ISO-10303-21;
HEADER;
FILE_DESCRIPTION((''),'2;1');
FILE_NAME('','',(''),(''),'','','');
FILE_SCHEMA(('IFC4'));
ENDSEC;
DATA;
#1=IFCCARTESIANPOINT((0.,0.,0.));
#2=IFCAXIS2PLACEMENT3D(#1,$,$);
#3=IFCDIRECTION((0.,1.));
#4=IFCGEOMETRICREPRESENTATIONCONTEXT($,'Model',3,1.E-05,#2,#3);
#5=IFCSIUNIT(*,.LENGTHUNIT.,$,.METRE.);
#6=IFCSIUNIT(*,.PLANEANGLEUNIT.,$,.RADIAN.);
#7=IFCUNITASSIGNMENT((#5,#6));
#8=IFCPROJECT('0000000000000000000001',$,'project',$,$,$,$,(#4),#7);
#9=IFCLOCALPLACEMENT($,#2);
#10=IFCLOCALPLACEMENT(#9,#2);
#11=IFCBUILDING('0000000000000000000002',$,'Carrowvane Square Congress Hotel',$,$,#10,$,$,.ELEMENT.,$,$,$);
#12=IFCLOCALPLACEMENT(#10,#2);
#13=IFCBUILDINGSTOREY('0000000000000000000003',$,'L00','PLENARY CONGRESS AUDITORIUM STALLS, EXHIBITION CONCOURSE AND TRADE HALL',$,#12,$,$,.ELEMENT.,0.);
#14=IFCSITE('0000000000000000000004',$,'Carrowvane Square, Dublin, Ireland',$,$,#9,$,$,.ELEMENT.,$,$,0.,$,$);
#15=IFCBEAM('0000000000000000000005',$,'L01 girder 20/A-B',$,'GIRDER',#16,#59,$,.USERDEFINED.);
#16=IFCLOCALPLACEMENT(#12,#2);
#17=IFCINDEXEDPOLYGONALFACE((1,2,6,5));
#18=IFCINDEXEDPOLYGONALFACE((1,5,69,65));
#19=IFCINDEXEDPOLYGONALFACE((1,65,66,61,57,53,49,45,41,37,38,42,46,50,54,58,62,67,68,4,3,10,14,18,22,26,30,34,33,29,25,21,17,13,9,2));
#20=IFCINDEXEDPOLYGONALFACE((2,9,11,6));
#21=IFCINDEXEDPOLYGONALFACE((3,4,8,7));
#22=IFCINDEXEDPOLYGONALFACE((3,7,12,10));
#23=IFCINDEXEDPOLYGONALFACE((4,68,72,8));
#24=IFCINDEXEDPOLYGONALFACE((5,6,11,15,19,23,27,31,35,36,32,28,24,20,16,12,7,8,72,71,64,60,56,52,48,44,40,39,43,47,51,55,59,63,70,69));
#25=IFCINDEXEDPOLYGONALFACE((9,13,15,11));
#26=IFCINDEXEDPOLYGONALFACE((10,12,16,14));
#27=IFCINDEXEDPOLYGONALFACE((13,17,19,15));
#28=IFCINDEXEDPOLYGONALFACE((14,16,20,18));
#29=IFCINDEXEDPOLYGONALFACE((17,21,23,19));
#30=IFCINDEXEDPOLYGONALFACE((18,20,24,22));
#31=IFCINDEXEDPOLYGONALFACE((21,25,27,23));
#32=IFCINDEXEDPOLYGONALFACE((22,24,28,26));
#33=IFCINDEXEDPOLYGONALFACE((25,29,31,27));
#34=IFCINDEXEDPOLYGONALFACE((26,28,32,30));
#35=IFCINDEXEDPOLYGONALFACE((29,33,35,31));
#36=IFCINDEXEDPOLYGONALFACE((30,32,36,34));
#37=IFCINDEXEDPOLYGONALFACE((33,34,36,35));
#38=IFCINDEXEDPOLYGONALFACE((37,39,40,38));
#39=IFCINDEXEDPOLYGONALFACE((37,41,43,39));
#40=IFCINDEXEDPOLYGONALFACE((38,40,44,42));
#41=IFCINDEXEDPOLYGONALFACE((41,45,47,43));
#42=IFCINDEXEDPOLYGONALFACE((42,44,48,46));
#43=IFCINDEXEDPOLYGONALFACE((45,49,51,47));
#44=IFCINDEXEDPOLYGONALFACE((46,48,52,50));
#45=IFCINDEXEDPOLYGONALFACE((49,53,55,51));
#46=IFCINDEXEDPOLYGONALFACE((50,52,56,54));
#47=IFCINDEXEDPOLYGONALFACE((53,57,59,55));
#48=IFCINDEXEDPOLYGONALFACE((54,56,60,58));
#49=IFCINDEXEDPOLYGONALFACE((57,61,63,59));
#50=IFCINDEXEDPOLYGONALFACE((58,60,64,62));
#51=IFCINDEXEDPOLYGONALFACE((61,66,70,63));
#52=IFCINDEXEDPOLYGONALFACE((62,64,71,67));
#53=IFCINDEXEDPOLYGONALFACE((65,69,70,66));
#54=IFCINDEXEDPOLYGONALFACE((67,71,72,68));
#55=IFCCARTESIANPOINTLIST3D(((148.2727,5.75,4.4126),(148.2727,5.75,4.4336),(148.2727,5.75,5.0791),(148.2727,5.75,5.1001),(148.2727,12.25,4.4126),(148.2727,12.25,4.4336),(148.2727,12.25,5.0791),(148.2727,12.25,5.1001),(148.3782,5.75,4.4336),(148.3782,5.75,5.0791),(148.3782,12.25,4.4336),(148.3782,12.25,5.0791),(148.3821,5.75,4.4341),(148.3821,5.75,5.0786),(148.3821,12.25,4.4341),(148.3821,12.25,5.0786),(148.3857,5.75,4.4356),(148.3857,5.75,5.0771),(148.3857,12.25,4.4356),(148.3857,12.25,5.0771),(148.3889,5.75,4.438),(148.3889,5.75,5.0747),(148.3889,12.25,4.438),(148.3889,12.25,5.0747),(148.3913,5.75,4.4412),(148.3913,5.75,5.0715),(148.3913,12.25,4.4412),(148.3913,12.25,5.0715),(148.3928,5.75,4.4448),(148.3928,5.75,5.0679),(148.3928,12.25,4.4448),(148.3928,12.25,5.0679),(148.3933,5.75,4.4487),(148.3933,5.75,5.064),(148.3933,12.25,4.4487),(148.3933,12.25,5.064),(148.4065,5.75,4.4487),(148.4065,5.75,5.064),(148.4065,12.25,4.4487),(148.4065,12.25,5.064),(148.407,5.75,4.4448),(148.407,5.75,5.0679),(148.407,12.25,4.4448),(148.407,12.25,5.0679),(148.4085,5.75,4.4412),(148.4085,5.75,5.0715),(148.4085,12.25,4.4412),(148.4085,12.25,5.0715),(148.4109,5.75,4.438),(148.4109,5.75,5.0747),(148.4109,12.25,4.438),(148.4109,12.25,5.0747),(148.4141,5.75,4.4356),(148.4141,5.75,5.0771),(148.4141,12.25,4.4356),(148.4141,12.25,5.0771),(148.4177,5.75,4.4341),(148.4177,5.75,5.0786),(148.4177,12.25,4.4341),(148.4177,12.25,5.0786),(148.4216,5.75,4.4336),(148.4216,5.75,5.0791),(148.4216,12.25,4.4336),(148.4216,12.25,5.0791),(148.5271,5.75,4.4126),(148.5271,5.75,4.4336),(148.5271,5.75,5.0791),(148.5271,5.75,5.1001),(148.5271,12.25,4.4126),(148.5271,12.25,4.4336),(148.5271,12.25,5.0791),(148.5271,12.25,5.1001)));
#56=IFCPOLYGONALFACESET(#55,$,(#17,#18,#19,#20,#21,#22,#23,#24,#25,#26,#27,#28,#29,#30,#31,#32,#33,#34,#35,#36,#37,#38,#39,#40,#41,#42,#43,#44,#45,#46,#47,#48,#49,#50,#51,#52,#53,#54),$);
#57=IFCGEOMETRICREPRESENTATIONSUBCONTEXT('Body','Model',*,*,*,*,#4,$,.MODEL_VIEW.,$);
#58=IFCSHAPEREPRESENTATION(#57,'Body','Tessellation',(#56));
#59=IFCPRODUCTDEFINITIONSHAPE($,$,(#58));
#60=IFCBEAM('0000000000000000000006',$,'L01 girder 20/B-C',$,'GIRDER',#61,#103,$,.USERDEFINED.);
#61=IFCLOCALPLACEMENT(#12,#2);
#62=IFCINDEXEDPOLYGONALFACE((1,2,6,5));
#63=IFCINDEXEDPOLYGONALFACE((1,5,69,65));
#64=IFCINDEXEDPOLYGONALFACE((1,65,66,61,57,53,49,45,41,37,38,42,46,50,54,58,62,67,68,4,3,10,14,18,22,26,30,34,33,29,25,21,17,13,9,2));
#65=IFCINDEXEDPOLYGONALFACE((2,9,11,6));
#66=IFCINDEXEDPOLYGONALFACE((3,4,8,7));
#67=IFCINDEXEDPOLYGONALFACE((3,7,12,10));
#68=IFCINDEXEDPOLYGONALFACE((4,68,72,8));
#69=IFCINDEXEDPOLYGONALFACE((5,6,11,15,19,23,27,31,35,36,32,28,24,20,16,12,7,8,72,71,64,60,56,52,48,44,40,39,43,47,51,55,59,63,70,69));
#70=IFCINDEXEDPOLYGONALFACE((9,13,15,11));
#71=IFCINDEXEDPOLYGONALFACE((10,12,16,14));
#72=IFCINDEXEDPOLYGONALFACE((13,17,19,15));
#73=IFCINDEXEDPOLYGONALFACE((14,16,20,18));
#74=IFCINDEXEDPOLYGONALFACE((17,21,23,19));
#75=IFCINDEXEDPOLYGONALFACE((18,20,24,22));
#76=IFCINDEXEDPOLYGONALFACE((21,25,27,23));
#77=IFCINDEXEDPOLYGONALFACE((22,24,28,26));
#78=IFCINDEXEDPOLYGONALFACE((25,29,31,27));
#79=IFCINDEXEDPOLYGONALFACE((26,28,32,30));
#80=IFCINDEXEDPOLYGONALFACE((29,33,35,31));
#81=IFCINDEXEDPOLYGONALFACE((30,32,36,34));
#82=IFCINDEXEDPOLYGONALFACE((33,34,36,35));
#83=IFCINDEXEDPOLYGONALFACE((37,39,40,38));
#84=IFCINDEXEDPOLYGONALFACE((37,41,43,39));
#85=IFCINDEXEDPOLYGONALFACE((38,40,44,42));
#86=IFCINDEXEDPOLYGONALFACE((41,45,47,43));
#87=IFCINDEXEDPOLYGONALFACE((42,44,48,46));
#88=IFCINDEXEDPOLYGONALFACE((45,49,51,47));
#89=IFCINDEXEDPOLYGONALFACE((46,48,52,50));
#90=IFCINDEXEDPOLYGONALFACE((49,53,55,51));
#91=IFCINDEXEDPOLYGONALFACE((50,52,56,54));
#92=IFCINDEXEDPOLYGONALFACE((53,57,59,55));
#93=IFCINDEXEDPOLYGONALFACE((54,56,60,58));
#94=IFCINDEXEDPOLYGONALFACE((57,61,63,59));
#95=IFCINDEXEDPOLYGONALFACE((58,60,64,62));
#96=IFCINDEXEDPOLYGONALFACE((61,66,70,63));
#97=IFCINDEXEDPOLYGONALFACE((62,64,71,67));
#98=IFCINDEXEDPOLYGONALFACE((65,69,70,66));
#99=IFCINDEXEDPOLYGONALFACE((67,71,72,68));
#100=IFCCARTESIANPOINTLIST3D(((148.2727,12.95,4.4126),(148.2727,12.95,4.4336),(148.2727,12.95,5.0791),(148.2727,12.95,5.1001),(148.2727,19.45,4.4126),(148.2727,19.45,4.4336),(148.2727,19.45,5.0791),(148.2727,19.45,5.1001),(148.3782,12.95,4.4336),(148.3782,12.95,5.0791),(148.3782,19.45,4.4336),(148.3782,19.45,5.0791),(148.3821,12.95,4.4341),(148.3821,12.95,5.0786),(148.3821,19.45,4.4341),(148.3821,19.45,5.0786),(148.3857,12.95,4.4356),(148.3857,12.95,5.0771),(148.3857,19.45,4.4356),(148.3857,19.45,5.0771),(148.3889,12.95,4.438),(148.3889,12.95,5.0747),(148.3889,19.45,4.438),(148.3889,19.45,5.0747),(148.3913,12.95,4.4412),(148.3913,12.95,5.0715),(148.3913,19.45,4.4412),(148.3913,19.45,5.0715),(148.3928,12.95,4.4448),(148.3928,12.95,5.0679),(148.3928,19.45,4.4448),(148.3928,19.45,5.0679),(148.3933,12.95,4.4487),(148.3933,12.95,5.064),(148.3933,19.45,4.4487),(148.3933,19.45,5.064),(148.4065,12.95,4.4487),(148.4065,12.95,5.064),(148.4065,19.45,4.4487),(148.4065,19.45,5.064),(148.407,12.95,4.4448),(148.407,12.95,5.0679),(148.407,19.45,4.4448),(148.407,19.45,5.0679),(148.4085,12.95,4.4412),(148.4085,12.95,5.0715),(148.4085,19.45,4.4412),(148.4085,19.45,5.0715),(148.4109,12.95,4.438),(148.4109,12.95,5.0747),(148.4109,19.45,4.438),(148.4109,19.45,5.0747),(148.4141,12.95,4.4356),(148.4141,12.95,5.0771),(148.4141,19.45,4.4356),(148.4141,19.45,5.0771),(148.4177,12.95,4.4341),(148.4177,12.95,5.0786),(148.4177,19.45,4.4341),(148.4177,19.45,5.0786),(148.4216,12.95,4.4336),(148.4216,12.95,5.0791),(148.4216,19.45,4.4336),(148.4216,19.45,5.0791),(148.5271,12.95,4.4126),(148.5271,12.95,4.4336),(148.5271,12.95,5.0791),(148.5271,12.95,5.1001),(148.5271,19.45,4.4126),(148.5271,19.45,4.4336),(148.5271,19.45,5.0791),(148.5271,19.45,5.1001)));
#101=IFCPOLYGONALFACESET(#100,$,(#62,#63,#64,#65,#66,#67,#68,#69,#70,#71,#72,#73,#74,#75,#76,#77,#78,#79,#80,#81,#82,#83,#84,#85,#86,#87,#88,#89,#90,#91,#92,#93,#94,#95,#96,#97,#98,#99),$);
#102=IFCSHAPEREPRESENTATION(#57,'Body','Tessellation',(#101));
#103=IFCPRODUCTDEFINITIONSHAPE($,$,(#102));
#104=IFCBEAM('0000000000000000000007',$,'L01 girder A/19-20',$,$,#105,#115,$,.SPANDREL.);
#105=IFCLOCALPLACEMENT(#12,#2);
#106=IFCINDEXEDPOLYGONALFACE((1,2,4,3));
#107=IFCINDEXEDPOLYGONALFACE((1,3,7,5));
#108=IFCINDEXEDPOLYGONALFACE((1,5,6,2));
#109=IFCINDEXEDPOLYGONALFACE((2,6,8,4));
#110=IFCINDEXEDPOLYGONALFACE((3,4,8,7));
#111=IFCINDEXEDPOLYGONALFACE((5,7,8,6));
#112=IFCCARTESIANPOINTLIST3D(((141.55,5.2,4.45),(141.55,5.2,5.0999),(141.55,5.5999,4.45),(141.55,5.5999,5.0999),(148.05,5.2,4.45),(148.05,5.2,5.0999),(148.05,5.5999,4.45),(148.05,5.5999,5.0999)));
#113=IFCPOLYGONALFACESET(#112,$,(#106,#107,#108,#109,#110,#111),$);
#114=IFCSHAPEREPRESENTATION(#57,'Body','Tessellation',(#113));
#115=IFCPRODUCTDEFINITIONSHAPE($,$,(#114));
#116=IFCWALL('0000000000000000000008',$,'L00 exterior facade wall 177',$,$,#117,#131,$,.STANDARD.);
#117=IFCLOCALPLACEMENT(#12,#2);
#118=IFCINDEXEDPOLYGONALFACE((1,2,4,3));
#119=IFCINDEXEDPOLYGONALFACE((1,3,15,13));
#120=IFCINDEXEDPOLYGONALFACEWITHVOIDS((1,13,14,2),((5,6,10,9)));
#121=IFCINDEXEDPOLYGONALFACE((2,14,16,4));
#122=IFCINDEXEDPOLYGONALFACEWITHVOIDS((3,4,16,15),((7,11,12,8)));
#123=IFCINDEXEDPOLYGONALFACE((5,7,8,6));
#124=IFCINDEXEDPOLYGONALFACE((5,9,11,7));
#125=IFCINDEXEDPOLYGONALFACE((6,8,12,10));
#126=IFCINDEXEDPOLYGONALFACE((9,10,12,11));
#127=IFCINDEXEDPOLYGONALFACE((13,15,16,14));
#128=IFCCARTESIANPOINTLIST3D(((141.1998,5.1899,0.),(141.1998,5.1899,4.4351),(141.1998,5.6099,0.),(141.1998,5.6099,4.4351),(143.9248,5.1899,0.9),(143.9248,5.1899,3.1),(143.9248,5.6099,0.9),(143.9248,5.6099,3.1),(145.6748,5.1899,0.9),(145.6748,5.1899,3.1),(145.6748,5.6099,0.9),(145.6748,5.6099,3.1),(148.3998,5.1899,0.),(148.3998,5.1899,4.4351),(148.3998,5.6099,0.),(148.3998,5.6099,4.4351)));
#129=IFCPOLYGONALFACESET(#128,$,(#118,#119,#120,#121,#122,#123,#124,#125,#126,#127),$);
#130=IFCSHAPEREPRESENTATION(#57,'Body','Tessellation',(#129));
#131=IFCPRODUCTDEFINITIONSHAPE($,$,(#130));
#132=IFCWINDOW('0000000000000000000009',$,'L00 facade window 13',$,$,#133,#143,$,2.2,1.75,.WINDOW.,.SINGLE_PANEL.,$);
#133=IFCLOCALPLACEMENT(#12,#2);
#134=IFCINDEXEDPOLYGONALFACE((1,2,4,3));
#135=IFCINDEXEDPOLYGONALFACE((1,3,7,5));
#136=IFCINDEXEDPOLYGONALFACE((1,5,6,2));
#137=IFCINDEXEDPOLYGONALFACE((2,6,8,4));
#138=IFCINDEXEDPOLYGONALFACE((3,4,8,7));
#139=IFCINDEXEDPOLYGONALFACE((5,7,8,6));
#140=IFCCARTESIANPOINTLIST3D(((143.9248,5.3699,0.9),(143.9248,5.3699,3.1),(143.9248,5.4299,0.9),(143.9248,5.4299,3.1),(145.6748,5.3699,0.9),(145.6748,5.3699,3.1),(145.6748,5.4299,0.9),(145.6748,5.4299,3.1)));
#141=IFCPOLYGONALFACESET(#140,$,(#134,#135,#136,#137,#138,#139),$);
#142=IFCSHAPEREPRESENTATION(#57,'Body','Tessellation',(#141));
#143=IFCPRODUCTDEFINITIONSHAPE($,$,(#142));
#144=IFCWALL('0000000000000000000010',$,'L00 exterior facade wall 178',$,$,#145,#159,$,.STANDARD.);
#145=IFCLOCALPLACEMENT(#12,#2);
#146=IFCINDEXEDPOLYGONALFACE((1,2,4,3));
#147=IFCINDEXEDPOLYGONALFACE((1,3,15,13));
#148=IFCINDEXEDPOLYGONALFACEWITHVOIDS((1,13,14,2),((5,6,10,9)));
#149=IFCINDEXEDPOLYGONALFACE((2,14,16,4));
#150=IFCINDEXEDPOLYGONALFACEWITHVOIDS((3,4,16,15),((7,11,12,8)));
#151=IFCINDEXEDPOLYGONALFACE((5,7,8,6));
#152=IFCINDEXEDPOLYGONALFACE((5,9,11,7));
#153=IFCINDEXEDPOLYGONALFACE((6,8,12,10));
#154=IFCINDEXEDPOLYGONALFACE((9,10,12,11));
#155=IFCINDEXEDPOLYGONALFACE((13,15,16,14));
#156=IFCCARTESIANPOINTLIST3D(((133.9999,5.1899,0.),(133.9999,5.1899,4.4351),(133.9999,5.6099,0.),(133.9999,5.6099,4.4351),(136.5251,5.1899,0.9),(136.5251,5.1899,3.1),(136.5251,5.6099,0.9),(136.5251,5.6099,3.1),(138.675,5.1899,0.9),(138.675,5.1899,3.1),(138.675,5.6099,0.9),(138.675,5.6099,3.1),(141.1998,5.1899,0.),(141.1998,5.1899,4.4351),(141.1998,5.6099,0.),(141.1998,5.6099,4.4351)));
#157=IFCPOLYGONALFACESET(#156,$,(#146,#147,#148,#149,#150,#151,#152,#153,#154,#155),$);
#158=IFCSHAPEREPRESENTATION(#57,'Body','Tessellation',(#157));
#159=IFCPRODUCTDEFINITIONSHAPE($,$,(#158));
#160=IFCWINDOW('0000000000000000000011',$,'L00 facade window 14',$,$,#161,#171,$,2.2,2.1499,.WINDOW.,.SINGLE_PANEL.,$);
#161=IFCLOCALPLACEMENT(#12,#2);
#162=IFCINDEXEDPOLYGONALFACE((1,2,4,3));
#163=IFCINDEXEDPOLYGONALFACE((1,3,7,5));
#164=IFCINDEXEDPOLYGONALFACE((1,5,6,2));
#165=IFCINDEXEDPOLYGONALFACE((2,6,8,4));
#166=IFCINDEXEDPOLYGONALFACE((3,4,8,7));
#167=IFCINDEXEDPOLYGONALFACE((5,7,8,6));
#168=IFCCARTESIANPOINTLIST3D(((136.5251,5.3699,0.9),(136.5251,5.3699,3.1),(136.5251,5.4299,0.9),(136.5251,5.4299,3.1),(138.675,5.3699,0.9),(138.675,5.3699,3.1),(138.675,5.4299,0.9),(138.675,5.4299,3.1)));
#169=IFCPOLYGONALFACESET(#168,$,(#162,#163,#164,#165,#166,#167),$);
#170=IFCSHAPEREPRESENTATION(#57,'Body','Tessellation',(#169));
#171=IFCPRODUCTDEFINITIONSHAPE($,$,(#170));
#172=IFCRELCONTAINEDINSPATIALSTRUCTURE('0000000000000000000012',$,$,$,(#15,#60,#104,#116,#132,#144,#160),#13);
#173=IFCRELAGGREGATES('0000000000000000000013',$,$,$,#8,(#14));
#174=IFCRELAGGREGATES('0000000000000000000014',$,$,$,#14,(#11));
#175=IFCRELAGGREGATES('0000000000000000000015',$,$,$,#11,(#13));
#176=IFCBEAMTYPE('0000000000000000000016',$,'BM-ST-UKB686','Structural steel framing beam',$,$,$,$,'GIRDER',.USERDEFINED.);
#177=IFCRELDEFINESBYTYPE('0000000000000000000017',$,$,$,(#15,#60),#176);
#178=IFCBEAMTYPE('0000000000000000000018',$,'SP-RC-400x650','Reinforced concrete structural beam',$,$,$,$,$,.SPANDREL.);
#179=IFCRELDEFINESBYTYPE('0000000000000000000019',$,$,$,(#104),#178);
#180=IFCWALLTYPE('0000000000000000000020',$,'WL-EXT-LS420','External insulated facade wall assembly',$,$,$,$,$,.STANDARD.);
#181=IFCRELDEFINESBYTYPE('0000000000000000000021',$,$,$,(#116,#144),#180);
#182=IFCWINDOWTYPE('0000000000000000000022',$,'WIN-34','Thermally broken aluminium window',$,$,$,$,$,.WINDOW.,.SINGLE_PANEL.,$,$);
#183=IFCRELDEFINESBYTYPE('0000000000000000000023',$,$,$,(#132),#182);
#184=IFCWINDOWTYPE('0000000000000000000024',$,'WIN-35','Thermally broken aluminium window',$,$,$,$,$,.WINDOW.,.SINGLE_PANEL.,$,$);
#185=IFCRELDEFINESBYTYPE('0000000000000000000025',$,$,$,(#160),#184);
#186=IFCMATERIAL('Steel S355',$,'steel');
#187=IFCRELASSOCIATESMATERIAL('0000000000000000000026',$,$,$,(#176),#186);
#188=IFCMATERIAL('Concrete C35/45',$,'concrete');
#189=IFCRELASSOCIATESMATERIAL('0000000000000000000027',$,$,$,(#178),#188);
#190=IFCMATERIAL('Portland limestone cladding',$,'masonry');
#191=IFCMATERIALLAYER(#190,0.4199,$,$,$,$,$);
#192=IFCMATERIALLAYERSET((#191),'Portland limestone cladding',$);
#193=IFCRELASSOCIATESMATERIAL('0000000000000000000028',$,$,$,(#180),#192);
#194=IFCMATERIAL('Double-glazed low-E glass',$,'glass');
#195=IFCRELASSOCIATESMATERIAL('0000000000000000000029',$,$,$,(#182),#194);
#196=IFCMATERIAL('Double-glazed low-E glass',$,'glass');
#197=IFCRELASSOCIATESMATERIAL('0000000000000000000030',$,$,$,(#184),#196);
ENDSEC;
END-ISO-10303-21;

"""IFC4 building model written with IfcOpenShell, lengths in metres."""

from ifc_helpers import new_model, si_unit, direction, frame, frame_2d, origin, origin_2d, place, context, subcontext, project, spatial, rectangle, i_section, extrude, material, layer, layer_set, material_profile, profile_set, type_object, element, fill, save


model = new_model("IFC4")

# Units and contexts
model_context = context("Model", 3, precision=1e-05, world=origin(), true_north=direction((0.0, 1.0)))
body_context = subcontext(model_context, "Body", "Model", "MODEL_VIEW")
ifc_project = project(units=[si_unit("LENGTHUNIT", "METRE"), si_unit("PLANEANGLEUNIT", "RADIAN")], contexts=[model_context])

# Site, building, storey
site_placement = place(None, origin())
site = spatial("IfcSite", under=ifc_project, at=site_placement, Name="Carrowvane Square, Dublin, Ireland", CompositionType="ELEMENT", RefElevation=0.0)
building_placement = place(site_placement, origin())
building = spatial("IfcBuilding", under=site, at=building_placement, Name="Carrowvane Square Congress Hotel", CompositionType="ELEMENT")
storey_placement = place(building_placement, origin())
storey = spatial("IfcBuildingStorey", under=building, at=storey_placement, Name="L00", Description="PLENARY CONGRESS AUDITORIUM STALLS, EXHIBITION CONCOURSE AND TRADE HALL", CompositionType="ELEMENT", Elevation=0.0)

# Beams
ifc_material_1 = material(Name="Steel S355", Category="steel")
ifc_material_profile_1 = material_profile(ifc_material_1, i_section(OverallWidth=0.2544, OverallDepth=0.6875, WebThickness=0.0132, FlangeThickness=0.021, FilletRadius=0.0151, at=origin_2d()), Name="UKB 686x254x152")
ifc_profile_set_1 = profile_set([ifc_material_profile_1], Name="Steel S355")
beam_type_1 = type_object("IfcBeamType", Name="BM-ST-UKB686", Description="Structural steel framing beam", ElementType="GIRDER", PredefinedType="USERDEFINED", material=ifc_profile_set_1)
for number, where, z_axis, x_axis, name in (
    (1, (148.3999, 5.75, 4.7563), (0.0, 1.0, 0.0), (-1.0, 0.0, 0.0), "L01 girder 20/A-B"),
    (2, (148.3999, 12.95, 4.7563), (0.0, 1.0, 0.0), (-1.0, 0.0, 0.0), "L01 girder 20/B-C"),
):
    element("IfcBeam", number, at=place(storey_placement, frame(where, z_axis=z_axis, x_axis=x_axis)), inside=storey, type_object=beam_type_1, Name=name, ObjectType="GIRDER", PredefinedType="USERDEFINED", context=body_context, shape_type="SweptSolid", body=[
        extrude(i_section(OverallWidth=0.2544, OverallDepth=0.6875, WebThickness=0.0132, FlangeThickness=0.021, FilletRadius=0.0151, at=origin_2d()), origin(), (0.0, 0.0, 1.0), 6.5),
    ])
ifc_material_2 = material(Name="Concrete C35/45", Category="concrete")
ifc_material_profile_2 = material_profile(ifc_material_2, rectangle(XDim=0.3999, YDim=0.6499, at=origin_2d()), Name="RC 400x650")
ifc_profile_set_2 = profile_set([ifc_material_profile_2], Name="Concrete C35/45")
beam_type_2 = type_object("IfcBeamType", Name="SP-RC-400x650", Description="Reinforced concrete structural beam", PredefinedType="SPANDREL", material=ifc_profile_set_2)
beam_1_placement = place(storey_placement, frame((141.55, 5.3999, 4.7749), z_axis=(1.0, 0.0, 0.0), x_axis=(0.0, 1.0, 0.0)))
element("IfcBeam", 3, at=beam_1_placement, inside=storey, type_object=beam_type_2, Name="L01 girder A/19-20", PredefinedType="SPANDREL", context=body_context, shape_type="SweptSolid", body=[
    extrude(rectangle(XDim=0.3999, YDim=0.6499, at=origin_2d()), origin(), (0.0, 0.0, 1.0), 6.5),
])

# Walls, openings, windows
ifc_material_3 = material(Name="Portland limestone cladding", Category="masonry")
ifc_layer_1 = layer(ifc_material_3, 0.4199)
ifc_layer_set_1 = layer_set([ifc_layer_1], Name="Portland limestone cladding")
wall_type_1 = type_object("IfcWallType", Name="WL-EXT-LS420", Description="External insulated facade wall assembly", PredefinedType="STANDARD", material=ifc_layer_set_1)
wall_1_placement = place(storey_placement, frame((148.3999, 5.3999, 0.0), z_axis=(0.0, 0.0, 1.0), x_axis=(-1.0, 0.0, 0.0)))
wall_1 = element("IfcWall", 4, at=wall_1_placement, inside=storey, type_object=wall_type_1, Name="L00 exterior facade wall 177", PredefinedType="STANDARD", context=body_context, shape_type="SweptSolid", body=[
    extrude(rectangle(XDim=7.2, YDim=0.4199, at=frame_2d((3.6001, 0.0))), origin(), (0.0, 0.0, 1.0), 4.4351),
])
opening_1_placement = place(wall_1_placement, frame((2.7251, 0.0, 0.8999)))
opening_1 = element("IfcOpeningElement", 5, at=opening_1_placement, cuts=wall_1, PredefinedType="OPENING", context=body_context, shape_type="SweptSolid", body=[
    extrude(rectangle(XDim=1.75, YDim=2.2, at=frame_2d((0.875, 1.1001))), frame((0.0, 0.22, 0.0), z_axis=(0.0, -1.0, 0.0), x_axis=(1.0, 0.0, 0.0)), (0.0, 0.0, 1.0), 0.4399),
])
ifc_material_4 = material(Name="Double-glazed low-E glass", Category="glass")
window_type_1 = type_object("IfcWindowType", Name="WIN-34", Description="Thermally broken aluminium window", PartitioningType="SINGLE_PANEL", PredefinedType="WINDOW", material=ifc_material_4)
window_1_placement = place(opening_1_placement, origin())
window_1 = element("IfcWindow", 6, at=window_1_placement, inside=storey, type_object=window_type_1, Name="L00 facade window 13", OverallHeight=2.2, OverallWidth=1.75, PartitioningType="SINGLE_PANEL", PredefinedType="WINDOW", context=body_context, shape_type="SweptSolid", body=[
    extrude(rectangle(XDim=1.75, YDim=2.2, at=frame_2d((0.875, 1.1001))), frame((0.0, 0.03, 0.0), z_axis=(0.0, -1.0, 0.0), x_axis=(1.0, 0.0, 0.0)), (0.0, 0.0, 1.0), 0.0601),
])
fill(opening_1, window_1)
wall_2_placement = place(storey_placement, frame((141.2, 5.3999, 0.0), z_axis=(0.0, 0.0, 1.0), x_axis=(-1.0, 0.0, 0.0)))
wall_2 = element("IfcWall", 7, at=wall_2_placement, inside=storey, type_object=wall_type_1, Name="L00 exterior facade wall 178", PredefinedType="STANDARD", context=body_context, shape_type="SweptSolid", body=[
    extrude(rectangle(XDim=7.2, YDim=0.4199, at=frame_2d((3.6001, 0.0))), origin(), (0.0, 0.0, 1.0), 4.4351),
])
opening_2_placement = place(wall_2_placement, frame((2.5249, 0.0, 0.8999)))
opening_2 = element("IfcOpeningElement", 8, at=opening_2_placement, cuts=wall_2, PredefinedType="OPENING", context=body_context, shape_type="SweptSolid", body=[
    extrude(rectangle(XDim=2.1499, YDim=2.2, at=frame_2d((1.075, 1.1001))), frame((0.0, 0.22, 0.0), z_axis=(0.0, -1.0, 0.0), x_axis=(1.0, 0.0, 0.0)), (0.0, 0.0, 1.0), 0.4399),
])
ifc_material_5 = material(Name="Double-glazed low-E glass", Category="glass")
window_type_2 = type_object("IfcWindowType", Name="WIN-35", Description="Thermally broken aluminium window", PartitioningType="SINGLE_PANEL", PredefinedType="WINDOW", material=ifc_material_5)
window_2_placement = place(opening_2_placement, origin())
window_2 = element("IfcWindow", 9, at=window_2_placement, inside=storey, type_object=window_type_2, Name="L00 facade window 14", OverallHeight=2.2, OverallWidth=2.1499, PartitioningType="SINGLE_PANEL", PredefinedType="WINDOW", context=body_context, shape_type="SweptSolid", body=[
    extrude(rectangle(XDim=2.1499, YDim=2.2, at=frame_2d((1.075, 1.1001))), frame((0.0, 0.03, 0.0), z_axis=(0.0, -1.0, 0.0), x_axis=(1.0, 0.0, 0.0)), (0.0, 0.0, 1.0), 0.0601),
])
fill(opening_2, window_2)

save(model, "model.ifc")
